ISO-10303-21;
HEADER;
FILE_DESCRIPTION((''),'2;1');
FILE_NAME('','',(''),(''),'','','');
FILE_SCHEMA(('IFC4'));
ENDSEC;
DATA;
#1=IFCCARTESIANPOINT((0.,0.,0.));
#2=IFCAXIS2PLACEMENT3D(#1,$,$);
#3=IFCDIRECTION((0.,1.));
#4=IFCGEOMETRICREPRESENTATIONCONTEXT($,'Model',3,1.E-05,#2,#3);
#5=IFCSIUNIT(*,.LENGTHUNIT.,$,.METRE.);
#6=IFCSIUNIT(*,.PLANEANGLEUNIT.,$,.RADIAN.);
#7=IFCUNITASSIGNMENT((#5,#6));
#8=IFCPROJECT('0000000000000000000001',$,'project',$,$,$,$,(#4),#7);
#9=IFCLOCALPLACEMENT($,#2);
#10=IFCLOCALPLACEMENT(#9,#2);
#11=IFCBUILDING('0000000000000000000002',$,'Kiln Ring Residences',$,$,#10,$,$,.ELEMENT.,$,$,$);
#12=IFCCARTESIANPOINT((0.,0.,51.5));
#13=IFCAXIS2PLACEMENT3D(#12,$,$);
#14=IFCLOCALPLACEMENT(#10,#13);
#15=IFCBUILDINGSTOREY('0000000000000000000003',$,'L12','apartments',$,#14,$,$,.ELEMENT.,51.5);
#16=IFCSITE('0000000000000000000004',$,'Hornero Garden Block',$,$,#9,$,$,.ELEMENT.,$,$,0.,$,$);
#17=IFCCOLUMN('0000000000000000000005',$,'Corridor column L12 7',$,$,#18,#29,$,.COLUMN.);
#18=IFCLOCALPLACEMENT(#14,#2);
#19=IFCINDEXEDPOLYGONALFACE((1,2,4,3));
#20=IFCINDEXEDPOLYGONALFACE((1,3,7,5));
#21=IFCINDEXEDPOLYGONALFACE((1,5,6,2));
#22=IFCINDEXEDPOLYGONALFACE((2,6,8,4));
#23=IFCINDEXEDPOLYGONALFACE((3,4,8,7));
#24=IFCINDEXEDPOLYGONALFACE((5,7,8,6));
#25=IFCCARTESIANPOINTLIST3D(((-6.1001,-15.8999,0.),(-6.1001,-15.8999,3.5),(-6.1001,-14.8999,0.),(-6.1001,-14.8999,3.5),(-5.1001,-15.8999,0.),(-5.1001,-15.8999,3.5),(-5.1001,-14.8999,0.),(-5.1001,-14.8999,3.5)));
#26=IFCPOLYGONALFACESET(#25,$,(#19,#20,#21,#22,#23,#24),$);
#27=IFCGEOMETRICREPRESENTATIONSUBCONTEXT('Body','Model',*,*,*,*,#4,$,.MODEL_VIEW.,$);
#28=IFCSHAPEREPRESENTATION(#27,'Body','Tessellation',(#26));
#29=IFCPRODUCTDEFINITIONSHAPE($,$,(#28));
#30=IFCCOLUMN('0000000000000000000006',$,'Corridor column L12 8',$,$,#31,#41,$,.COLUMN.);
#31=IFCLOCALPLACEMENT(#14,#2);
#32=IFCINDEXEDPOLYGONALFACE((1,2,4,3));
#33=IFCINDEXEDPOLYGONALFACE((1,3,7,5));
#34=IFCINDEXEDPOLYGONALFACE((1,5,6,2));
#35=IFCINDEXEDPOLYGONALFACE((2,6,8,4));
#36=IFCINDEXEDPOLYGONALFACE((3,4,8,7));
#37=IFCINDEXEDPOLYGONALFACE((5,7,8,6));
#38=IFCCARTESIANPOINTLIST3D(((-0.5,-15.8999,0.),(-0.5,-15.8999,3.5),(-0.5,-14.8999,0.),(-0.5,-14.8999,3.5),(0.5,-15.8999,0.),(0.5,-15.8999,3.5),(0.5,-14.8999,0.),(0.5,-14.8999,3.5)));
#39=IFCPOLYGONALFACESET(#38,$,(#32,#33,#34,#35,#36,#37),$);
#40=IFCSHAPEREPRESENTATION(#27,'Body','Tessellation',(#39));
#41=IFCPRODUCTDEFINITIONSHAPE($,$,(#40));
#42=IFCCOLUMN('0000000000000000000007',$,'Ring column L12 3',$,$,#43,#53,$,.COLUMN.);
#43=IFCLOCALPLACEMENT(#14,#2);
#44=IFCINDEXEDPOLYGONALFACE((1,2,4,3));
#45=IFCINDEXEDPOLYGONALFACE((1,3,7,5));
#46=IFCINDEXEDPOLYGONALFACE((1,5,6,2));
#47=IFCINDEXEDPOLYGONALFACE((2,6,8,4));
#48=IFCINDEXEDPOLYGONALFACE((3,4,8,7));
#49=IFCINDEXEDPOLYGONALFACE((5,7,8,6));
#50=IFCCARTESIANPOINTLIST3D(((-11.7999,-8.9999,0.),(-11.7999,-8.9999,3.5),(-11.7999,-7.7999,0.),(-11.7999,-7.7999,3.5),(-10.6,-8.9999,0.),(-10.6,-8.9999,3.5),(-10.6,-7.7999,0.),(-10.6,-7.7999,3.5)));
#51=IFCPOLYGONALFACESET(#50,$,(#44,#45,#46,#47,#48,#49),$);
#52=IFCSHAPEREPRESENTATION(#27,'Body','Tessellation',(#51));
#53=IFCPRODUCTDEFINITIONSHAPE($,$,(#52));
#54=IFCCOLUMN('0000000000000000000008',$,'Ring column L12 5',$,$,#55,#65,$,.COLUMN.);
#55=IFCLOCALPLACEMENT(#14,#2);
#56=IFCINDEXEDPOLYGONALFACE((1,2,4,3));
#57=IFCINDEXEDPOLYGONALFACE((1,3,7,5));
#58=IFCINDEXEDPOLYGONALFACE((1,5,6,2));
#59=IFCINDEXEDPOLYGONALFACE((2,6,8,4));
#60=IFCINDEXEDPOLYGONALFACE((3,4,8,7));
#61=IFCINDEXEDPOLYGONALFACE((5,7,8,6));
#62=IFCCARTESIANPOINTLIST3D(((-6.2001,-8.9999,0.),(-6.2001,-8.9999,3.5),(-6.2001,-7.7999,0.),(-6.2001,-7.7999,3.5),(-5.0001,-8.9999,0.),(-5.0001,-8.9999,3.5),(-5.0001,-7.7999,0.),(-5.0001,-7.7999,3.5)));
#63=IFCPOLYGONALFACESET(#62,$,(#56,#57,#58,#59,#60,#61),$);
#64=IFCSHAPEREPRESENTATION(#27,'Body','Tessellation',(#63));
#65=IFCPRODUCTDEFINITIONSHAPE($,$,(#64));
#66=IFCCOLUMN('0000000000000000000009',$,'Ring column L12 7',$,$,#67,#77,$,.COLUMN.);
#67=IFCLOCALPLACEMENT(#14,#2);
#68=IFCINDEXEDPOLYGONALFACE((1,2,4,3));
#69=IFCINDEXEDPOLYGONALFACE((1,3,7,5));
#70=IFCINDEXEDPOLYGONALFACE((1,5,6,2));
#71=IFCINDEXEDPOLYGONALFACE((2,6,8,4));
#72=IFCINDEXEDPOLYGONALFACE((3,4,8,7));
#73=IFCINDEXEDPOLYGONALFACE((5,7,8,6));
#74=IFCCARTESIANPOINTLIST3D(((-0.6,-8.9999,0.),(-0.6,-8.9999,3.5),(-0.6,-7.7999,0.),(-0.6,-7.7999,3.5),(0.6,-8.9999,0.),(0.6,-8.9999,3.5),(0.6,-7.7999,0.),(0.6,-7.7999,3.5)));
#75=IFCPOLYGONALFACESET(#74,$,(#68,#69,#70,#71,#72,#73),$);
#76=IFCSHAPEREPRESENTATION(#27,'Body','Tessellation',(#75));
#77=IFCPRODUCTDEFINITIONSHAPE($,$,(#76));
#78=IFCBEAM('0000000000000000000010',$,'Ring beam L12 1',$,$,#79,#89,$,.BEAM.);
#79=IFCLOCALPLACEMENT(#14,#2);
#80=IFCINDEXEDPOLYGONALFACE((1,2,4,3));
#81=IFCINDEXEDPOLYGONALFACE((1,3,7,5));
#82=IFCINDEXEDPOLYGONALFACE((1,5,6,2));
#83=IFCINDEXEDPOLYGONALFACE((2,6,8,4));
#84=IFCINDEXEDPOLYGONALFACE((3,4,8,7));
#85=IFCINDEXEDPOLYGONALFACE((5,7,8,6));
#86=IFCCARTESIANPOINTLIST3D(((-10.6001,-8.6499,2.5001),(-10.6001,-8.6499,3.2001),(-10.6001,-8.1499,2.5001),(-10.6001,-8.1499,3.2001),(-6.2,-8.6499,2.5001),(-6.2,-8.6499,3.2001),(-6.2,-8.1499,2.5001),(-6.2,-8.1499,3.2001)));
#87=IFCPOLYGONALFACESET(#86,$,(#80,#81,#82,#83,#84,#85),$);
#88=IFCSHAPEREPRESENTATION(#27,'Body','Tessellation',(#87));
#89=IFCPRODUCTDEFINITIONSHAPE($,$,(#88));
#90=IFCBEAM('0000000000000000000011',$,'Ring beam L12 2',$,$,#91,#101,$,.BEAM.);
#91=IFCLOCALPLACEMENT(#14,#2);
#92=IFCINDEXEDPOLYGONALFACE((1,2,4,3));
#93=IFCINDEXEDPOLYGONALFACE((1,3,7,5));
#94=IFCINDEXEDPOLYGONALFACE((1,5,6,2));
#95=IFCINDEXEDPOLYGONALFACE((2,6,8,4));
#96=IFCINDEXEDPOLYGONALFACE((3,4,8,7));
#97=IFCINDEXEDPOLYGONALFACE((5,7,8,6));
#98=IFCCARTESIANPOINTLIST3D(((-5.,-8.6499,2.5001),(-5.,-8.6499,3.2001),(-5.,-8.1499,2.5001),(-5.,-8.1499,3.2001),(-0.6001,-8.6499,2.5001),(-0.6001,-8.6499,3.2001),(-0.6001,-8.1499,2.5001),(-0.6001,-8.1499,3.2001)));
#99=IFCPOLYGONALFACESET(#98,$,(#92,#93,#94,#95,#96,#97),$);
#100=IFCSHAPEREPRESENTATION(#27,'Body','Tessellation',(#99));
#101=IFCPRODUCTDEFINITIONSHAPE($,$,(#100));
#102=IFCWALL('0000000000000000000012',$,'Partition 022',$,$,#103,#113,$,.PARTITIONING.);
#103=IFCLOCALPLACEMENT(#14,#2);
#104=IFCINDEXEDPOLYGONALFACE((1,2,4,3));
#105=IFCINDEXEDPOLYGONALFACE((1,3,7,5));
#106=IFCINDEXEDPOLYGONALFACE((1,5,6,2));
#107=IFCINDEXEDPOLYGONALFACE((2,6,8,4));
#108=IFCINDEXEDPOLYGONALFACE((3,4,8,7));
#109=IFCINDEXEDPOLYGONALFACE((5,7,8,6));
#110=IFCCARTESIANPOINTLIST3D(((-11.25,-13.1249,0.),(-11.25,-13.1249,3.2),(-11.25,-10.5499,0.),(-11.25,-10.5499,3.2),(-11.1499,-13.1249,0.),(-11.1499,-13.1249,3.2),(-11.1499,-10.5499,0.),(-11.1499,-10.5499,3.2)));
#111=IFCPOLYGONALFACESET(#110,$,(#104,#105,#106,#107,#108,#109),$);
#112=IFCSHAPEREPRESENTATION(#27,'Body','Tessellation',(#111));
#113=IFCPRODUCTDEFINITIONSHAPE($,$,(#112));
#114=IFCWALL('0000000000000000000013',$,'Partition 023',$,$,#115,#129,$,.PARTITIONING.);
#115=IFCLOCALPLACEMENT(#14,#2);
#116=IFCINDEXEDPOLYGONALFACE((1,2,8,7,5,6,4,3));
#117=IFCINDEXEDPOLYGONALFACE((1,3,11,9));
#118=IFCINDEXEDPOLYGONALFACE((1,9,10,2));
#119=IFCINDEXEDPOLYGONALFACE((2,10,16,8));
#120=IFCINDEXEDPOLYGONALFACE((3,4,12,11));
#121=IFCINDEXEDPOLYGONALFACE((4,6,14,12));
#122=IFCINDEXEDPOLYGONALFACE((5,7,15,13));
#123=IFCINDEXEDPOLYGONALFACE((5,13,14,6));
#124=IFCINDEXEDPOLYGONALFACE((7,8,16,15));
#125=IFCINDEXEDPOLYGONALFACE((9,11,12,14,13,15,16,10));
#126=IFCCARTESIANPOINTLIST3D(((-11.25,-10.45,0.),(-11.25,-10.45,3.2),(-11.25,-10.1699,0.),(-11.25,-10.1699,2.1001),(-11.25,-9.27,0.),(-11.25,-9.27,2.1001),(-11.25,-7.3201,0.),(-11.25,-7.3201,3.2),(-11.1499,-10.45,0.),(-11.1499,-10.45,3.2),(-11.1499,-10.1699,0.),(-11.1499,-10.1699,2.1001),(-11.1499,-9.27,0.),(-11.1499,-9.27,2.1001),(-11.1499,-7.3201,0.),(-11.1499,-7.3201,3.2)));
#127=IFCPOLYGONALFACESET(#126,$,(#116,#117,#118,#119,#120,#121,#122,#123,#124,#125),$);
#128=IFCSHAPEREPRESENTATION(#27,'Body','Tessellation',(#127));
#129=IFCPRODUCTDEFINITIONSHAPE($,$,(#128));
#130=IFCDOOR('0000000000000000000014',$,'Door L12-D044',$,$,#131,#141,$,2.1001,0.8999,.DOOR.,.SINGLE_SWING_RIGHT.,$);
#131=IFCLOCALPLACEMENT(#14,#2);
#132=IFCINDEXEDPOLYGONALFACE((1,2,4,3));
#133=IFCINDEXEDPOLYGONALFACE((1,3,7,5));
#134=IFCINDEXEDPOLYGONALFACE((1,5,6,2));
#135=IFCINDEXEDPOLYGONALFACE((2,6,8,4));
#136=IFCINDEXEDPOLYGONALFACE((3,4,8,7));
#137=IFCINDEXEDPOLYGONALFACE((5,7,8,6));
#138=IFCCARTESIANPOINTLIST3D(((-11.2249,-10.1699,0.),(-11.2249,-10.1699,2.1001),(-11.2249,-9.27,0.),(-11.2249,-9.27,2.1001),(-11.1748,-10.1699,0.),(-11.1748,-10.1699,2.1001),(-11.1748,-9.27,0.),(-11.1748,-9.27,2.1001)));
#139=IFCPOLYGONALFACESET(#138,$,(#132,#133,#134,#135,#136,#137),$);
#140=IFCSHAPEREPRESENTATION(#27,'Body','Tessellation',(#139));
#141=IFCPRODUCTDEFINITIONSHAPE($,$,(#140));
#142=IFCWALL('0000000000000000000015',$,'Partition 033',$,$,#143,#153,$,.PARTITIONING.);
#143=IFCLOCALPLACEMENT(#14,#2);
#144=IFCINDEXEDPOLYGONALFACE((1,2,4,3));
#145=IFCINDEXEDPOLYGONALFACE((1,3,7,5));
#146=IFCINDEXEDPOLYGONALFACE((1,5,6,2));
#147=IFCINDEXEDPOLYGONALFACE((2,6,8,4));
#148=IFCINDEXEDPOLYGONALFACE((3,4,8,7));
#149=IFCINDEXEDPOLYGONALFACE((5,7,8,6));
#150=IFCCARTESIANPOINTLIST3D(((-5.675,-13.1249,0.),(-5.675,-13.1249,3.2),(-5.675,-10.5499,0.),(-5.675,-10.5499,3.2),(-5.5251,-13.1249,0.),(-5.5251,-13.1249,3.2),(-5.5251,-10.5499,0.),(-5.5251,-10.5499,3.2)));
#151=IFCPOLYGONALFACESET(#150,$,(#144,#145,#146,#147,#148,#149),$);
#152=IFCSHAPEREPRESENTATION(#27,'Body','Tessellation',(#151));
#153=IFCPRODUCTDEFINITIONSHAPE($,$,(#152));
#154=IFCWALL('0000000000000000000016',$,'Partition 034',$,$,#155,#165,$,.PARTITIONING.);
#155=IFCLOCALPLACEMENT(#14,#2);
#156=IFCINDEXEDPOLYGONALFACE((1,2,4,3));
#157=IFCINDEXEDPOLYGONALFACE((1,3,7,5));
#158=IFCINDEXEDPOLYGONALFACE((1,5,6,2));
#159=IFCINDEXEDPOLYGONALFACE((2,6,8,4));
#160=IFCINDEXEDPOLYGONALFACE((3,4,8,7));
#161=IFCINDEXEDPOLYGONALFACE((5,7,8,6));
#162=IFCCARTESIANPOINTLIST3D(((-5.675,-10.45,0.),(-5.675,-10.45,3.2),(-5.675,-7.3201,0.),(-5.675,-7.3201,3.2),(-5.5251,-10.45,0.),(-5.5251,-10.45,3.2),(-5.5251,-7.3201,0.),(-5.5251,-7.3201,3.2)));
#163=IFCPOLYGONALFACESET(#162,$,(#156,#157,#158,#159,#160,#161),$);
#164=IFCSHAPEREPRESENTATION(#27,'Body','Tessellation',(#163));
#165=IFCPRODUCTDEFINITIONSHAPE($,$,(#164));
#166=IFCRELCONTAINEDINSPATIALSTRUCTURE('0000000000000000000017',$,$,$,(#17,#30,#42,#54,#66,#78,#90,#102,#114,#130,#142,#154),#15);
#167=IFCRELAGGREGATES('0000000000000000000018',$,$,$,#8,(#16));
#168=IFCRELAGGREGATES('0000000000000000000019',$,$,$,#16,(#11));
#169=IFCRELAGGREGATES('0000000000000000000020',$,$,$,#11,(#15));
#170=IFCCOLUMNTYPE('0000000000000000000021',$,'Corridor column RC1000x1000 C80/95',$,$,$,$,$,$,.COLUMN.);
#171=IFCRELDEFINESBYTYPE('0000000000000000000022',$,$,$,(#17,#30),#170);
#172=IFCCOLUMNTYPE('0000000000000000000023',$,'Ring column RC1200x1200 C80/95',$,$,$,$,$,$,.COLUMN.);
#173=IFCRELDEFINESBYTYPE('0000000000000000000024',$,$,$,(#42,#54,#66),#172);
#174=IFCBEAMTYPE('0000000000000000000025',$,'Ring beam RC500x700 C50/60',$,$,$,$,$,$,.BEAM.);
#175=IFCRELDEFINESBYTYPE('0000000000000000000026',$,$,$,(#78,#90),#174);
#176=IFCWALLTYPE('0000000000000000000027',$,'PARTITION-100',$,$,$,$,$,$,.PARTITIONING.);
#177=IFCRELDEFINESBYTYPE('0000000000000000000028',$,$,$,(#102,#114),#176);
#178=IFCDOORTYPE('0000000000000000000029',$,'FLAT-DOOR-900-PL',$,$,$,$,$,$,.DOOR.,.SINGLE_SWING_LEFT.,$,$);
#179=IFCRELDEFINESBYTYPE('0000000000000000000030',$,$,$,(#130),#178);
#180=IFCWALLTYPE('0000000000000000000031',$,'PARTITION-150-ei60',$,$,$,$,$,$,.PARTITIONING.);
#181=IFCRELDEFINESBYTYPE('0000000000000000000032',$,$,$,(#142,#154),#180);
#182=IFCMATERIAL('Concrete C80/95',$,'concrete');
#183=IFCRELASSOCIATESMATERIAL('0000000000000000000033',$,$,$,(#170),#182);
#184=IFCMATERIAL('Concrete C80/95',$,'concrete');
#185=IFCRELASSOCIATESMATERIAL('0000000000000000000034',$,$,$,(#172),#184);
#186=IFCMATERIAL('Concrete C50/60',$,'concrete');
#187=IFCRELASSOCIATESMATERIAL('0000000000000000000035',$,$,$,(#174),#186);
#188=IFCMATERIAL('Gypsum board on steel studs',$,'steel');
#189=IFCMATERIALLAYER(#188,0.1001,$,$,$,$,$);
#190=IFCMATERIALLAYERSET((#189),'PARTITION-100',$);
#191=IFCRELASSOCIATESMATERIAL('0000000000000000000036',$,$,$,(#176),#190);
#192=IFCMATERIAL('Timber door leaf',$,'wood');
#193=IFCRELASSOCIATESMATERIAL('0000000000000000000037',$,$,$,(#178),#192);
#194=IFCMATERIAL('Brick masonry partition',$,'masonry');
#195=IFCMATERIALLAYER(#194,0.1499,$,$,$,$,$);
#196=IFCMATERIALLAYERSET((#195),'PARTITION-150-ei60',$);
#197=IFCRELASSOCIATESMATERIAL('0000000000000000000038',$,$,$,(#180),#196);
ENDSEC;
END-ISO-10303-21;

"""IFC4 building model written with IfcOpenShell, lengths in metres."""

from ifc_helpers import new_model, si_unit, direction, frame, frame_2d, origin, origin_2d, place, context, subcontext, project, spatial, rectangle, extrude, material, layer, layer_set, material_profile, profile_set, type_object, element, fill, save


model = new_model("IFC4")

# Units and contexts
model_context = context("Model", 3, precision=1e-05, world=origin(), true_north=direction((0.0, 1.0)))
body_context = subcontext(model_context, "Body", "Model", "MODEL_VIEW")
ifc_project = project(units=[si_unit("LENGTHUNIT", "METRE"), si_unit("PLANEANGLEUNIT", "RADIAN")], contexts=[model_context])

# Site, building, storey
site_placement = place(None, origin())
site = spatial("IfcSite", under=ifc_project, at=site_placement, Name="Hornero Garden Block", CompositionType="ELEMENT", RefElevation=0.0)
building_placement = place(site_placement, origin())
building = spatial("IfcBuilding", under=site, at=building_placement, Name="Kiln Ring Residences", CompositionType="ELEMENT")
storey_placement = place(building_placement, frame((0.0, 0.0, 51.5)))
storey = spatial("IfcBuildingStorey", under=building, at=storey_placement, Name="L12", Description="apartments", CompositionType="ELEMENT", Elevation=51.5)

# Columns
ifc_material_1 = material(Name="Concrete C80/95", Category="concrete")
ifc_material_profile_1 = material_profile(ifc_material_1, rectangle(XDim=1.0, YDim=1.0, at=origin_2d()), Name="RC1000x1000")
ifc_profile_set_1 = profile_set([ifc_material_profile_1], Name="Concrete C80/95")
column_type_1 = type_object("IfcColumnType", Name="Corridor column RC1000x1000 C80/95", PredefinedType="COLUMN", material=ifc_profile_set_1)
for number, where, z_axis, x_axis, name in (
    (1, (-5.6001, -15.3999, 0.0), (0.0, 0.0, 1.0), (1.0, 0.0, 0.0), "Corridor column L12 7"),
    (2, (0.0, -15.3999, 0.0), (0.0, 0.0, 1.0), (1.0, 0.0, 0.0), "Corridor column L12 8"),
):
    element("IfcColumn", number, at=place(storey_placement, frame(where, z_axis=z_axis, x_axis=x_axis)), inside=storey, type_object=column_type_1, Name=name, PredefinedType="COLUMN", context=body_context, shape_type="SweptSolid", body=[
        extrude(rectangle(XDim=1.0, YDim=1.0, at=origin_2d()), origin(), (0.0, 0.0, 1.0), 3.5),
    ])
ifc_material_2 = material(Name="Concrete C80/95", Category="concrete")
ifc_material_profile_2 = material_profile(ifc_material_2, rectangle(XDim=1.2, YDim=1.2, at=origin_2d()), Name="RC1200x1200")
ifc_profile_set_2 = profile_set([ifc_material_profile_2], Name="Concrete C80/95")
column_type_2 = type_object("IfcColumnType", Name="Ring column RC1200x1200 C80/95", PredefinedType="COLUMN", material=ifc_profile_set_2)
for number, where, z_axis, x_axis, name in (
    (3, (-11.2, -8.3999, 0.0), (0.0, 0.0, 1.0), (1.0, 0.0, 0.0), "Ring column L12 3"),
    (4, (-5.6001, -8.3999, 0.0), (0.0, 0.0, 1.0), (1.0, 0.0, 0.0), "Ring column L12 5"),
    (5, (0.0, -8.3999, 0.0), (0.0, 0.0, 1.0), (1.0, 0.0, 0.0), "Ring column L12 7"),
):
    element("IfcColumn", number, at=place(storey_placement, frame(where, z_axis=z_axis, x_axis=x_axis)), inside=storey, type_object=column_type_2, Name=name, PredefinedType="COLUMN", context=body_context, shape_type="SweptSolid", body=[
        extrude(rectangle(XDim=1.2, YDim=1.2, at=origin_2d()), origin(), (0.0, 0.0, 1.0), 3.5),
    ])

# Beams
ifc_material_3 = material(Name="Concrete C50/60", Category="concrete")
ifc_material_profile_3 = material_profile(ifc_material_3, rectangle(XDim=0.5, YDim=0.7, at=origin_2d()), Name="RC500x700")
ifc_profile_set_3 = profile_set([ifc_material_profile_3], Name="Concrete C50/60")
beam_type = type_object("IfcBeamType", Name="Ring beam RC500x700 C50/60", PredefinedType="BEAM", material=ifc_profile_set_3)
beam_1_placement = place(storey_placement, frame((-10.6001, -8.3999, 2.8501), z_axis=(1.0, 0.0, 0.0), x_axis=(0.0, 1.0, 0.0)))
element("IfcBeam", 6, at=beam_1_placement, inside=storey, type_object=beam_type, Name="Ring beam L12 1", PredefinedType="BEAM", context=body_context, shape_type="SweptSolid", body=[
    extrude(rectangle(XDim=0.5, YDim=0.7, at=origin_2d()), origin(), (0.0, 0.0, 1.0), 4.4001),
])
beam_2_placement = place(storey_placement, frame((-5.0, -8.3999, 2.8501), z_axis=(1.0, 0.0, 0.0), x_axis=(0.0, 1.0, 0.0)))
element("IfcBeam", 7, at=beam_2_placement, inside=storey, type_object=beam_type, Name="Ring beam L12 2", PredefinedType="BEAM", context=body_context, shape_type="SweptSolid", body=[
    extrude(rectangle(XDim=0.5, YDim=0.7, at=origin_2d()), origin(), (0.0, 0.0, 1.0), 4.3999),
])

# Wall
ifc_material_4 = material(Name="Gypsum board on steel studs", Category="steel")
ifc_layer_1 = layer(ifc_material_4, 0.1001)
ifc_layer_set_1 = layer_set([ifc_layer_1], Name="PARTITION-100")
wall_type_1 = type_object("IfcWallType", Name="PARTITION-100", PredefinedType="PARTITIONING", material=ifc_layer_set_1)
wall_1_placement = place(storey_placement, frame((-11.2, -13.125, 0.0), z_axis=(0.0, 0.0, 1.0), x_axis=(0.0, 1.0, 0.0)))
element("IfcWall", 8, at=wall_1_placement, inside=storey, type_object=wall_type_1, Name="Partition 022", PredefinedType="PARTITIONING", context=body_context, shape_type="SweptSolid", body=[
    extrude(rectangle(XDim=2.575, YDim=0.1001, at=frame_2d((1.2876, 0.0))), origin(), (0.0, 0.0, 1.0), 3.2),
])

# Wall, opening, door
wall_2_placement = place(storey_placement, frame((-11.2, -10.45, 0.0), z_axis=(0.0, 0.0, 1.0), x_axis=(0.0, 1.0, 0.0)))
wall_2 = element("IfcWall", 9, at=wall_2_placement, inside=storey, type_object=wall_type_1, Name="Partition 023", PredefinedType="PARTITIONING", context=body_context, shape_type="SweptSolid", body=[
    extrude(rectangle(XDim=3.1299, YDim=0.1001, at=frame_2d((1.5649, 0.0))), origin(), (0.0, 0.0, 1.0), 3.2),
])
opening_placement = place(wall_2_placement, frame((0.28, 0.0, 0.0)))
opening = element("IfcOpeningElement", 10, at=opening_placement, cuts=wall_2, PredefinedType="OPENING", context=body_context, shape_type="SweptSolid", body=[
    extrude(rectangle(XDim=0.8999, YDim=2.1001, at=frame_2d((0.45, 1.05))), frame((0.0, 0.0601, 0.0), z_axis=(0.0, -1.0, 0.0), x_axis=(1.0, 0.0, 0.0)), (0.0, 0.0, 1.0), 0.1201),
])
ifc_material_5 = material(Name="Timber door leaf", Category="wood")
door_type = type_object("IfcDoorType", Name="FLAT-DOOR-900-PL", OperationType="SINGLE_SWING_LEFT", PredefinedType="DOOR", material=ifc_material_5)
door_placement = place(opening_placement, origin())
door = element("IfcDoor", 11, at=door_placement, inside=storey, type_object=door_type, Name="Door L12-D044", OperationType="SINGLE_SWING_RIGHT", OverallHeight=2.1001, OverallWidth=0.8999, PredefinedType="DOOR", context=body_context, shape_type="SweptSolid", body=[
    extrude(rectangle(XDim=0.8999, YDim=2.1001, at=frame_2d((0.45, 1.05))), frame((0.0, 0.0249, 0.0), z_axis=(0.0, -1.0, 0.0), x_axis=(1.0, 0.0, 0.0)), (0.0, 0.0, 1.0), 0.05),
])
fill(opening, door)

# Walls
ifc_material_6 = material(Name="Brick masonry partition", Category="masonry")
ifc_layer_2 = layer(ifc_material_6, 0.1499)
ifc_layer_set_2 = layer_set([ifc_layer_2], Name="PARTITION-150-ei60")
wall_type_2 = type_object("IfcWallType", Name="PARTITION-150-ei60", PredefinedType="PARTITIONING", material=ifc_layer_set_2)
wall_3_placement = place(storey_placement, frame((-5.6001, -13.125, 0.0), z_axis=(0.0, 0.0, 1.0), x_axis=(0.0, 1.0, 0.0)))
element("IfcWall", 12, at=wall_3_placement, inside=storey, type_object=wall_type_2, Name="Partition 033", PredefinedType="PARTITIONING", context=body_context, shape_type="SweptSolid", body=[
    extrude(rectangle(XDim=2.575, YDim=0.1499, at=frame_2d((1.2876, 0.0))), origin(), (0.0, 0.0, 1.0), 3.2),
])
wall_4_placement = place(storey_placement, frame((-5.6001, -10.45, 0.0), z_axis=(0.0, 0.0, 1.0), x_axis=(0.0, 1.0, 0.0)))
element("IfcWall", 13, at=wall_4_placement, inside=storey, type_object=wall_type_2, Name="Partition 034", PredefinedType="PARTITIONING", context=body_context, shape_type="SweptSolid", body=[
    extrude(rectangle(XDim=3.1299, YDim=0.1499, at=frame_2d((1.5649, 0.0))), origin(), (0.0, 0.0, 1.0), 3.2),
])

save(model, "model.ifc")
